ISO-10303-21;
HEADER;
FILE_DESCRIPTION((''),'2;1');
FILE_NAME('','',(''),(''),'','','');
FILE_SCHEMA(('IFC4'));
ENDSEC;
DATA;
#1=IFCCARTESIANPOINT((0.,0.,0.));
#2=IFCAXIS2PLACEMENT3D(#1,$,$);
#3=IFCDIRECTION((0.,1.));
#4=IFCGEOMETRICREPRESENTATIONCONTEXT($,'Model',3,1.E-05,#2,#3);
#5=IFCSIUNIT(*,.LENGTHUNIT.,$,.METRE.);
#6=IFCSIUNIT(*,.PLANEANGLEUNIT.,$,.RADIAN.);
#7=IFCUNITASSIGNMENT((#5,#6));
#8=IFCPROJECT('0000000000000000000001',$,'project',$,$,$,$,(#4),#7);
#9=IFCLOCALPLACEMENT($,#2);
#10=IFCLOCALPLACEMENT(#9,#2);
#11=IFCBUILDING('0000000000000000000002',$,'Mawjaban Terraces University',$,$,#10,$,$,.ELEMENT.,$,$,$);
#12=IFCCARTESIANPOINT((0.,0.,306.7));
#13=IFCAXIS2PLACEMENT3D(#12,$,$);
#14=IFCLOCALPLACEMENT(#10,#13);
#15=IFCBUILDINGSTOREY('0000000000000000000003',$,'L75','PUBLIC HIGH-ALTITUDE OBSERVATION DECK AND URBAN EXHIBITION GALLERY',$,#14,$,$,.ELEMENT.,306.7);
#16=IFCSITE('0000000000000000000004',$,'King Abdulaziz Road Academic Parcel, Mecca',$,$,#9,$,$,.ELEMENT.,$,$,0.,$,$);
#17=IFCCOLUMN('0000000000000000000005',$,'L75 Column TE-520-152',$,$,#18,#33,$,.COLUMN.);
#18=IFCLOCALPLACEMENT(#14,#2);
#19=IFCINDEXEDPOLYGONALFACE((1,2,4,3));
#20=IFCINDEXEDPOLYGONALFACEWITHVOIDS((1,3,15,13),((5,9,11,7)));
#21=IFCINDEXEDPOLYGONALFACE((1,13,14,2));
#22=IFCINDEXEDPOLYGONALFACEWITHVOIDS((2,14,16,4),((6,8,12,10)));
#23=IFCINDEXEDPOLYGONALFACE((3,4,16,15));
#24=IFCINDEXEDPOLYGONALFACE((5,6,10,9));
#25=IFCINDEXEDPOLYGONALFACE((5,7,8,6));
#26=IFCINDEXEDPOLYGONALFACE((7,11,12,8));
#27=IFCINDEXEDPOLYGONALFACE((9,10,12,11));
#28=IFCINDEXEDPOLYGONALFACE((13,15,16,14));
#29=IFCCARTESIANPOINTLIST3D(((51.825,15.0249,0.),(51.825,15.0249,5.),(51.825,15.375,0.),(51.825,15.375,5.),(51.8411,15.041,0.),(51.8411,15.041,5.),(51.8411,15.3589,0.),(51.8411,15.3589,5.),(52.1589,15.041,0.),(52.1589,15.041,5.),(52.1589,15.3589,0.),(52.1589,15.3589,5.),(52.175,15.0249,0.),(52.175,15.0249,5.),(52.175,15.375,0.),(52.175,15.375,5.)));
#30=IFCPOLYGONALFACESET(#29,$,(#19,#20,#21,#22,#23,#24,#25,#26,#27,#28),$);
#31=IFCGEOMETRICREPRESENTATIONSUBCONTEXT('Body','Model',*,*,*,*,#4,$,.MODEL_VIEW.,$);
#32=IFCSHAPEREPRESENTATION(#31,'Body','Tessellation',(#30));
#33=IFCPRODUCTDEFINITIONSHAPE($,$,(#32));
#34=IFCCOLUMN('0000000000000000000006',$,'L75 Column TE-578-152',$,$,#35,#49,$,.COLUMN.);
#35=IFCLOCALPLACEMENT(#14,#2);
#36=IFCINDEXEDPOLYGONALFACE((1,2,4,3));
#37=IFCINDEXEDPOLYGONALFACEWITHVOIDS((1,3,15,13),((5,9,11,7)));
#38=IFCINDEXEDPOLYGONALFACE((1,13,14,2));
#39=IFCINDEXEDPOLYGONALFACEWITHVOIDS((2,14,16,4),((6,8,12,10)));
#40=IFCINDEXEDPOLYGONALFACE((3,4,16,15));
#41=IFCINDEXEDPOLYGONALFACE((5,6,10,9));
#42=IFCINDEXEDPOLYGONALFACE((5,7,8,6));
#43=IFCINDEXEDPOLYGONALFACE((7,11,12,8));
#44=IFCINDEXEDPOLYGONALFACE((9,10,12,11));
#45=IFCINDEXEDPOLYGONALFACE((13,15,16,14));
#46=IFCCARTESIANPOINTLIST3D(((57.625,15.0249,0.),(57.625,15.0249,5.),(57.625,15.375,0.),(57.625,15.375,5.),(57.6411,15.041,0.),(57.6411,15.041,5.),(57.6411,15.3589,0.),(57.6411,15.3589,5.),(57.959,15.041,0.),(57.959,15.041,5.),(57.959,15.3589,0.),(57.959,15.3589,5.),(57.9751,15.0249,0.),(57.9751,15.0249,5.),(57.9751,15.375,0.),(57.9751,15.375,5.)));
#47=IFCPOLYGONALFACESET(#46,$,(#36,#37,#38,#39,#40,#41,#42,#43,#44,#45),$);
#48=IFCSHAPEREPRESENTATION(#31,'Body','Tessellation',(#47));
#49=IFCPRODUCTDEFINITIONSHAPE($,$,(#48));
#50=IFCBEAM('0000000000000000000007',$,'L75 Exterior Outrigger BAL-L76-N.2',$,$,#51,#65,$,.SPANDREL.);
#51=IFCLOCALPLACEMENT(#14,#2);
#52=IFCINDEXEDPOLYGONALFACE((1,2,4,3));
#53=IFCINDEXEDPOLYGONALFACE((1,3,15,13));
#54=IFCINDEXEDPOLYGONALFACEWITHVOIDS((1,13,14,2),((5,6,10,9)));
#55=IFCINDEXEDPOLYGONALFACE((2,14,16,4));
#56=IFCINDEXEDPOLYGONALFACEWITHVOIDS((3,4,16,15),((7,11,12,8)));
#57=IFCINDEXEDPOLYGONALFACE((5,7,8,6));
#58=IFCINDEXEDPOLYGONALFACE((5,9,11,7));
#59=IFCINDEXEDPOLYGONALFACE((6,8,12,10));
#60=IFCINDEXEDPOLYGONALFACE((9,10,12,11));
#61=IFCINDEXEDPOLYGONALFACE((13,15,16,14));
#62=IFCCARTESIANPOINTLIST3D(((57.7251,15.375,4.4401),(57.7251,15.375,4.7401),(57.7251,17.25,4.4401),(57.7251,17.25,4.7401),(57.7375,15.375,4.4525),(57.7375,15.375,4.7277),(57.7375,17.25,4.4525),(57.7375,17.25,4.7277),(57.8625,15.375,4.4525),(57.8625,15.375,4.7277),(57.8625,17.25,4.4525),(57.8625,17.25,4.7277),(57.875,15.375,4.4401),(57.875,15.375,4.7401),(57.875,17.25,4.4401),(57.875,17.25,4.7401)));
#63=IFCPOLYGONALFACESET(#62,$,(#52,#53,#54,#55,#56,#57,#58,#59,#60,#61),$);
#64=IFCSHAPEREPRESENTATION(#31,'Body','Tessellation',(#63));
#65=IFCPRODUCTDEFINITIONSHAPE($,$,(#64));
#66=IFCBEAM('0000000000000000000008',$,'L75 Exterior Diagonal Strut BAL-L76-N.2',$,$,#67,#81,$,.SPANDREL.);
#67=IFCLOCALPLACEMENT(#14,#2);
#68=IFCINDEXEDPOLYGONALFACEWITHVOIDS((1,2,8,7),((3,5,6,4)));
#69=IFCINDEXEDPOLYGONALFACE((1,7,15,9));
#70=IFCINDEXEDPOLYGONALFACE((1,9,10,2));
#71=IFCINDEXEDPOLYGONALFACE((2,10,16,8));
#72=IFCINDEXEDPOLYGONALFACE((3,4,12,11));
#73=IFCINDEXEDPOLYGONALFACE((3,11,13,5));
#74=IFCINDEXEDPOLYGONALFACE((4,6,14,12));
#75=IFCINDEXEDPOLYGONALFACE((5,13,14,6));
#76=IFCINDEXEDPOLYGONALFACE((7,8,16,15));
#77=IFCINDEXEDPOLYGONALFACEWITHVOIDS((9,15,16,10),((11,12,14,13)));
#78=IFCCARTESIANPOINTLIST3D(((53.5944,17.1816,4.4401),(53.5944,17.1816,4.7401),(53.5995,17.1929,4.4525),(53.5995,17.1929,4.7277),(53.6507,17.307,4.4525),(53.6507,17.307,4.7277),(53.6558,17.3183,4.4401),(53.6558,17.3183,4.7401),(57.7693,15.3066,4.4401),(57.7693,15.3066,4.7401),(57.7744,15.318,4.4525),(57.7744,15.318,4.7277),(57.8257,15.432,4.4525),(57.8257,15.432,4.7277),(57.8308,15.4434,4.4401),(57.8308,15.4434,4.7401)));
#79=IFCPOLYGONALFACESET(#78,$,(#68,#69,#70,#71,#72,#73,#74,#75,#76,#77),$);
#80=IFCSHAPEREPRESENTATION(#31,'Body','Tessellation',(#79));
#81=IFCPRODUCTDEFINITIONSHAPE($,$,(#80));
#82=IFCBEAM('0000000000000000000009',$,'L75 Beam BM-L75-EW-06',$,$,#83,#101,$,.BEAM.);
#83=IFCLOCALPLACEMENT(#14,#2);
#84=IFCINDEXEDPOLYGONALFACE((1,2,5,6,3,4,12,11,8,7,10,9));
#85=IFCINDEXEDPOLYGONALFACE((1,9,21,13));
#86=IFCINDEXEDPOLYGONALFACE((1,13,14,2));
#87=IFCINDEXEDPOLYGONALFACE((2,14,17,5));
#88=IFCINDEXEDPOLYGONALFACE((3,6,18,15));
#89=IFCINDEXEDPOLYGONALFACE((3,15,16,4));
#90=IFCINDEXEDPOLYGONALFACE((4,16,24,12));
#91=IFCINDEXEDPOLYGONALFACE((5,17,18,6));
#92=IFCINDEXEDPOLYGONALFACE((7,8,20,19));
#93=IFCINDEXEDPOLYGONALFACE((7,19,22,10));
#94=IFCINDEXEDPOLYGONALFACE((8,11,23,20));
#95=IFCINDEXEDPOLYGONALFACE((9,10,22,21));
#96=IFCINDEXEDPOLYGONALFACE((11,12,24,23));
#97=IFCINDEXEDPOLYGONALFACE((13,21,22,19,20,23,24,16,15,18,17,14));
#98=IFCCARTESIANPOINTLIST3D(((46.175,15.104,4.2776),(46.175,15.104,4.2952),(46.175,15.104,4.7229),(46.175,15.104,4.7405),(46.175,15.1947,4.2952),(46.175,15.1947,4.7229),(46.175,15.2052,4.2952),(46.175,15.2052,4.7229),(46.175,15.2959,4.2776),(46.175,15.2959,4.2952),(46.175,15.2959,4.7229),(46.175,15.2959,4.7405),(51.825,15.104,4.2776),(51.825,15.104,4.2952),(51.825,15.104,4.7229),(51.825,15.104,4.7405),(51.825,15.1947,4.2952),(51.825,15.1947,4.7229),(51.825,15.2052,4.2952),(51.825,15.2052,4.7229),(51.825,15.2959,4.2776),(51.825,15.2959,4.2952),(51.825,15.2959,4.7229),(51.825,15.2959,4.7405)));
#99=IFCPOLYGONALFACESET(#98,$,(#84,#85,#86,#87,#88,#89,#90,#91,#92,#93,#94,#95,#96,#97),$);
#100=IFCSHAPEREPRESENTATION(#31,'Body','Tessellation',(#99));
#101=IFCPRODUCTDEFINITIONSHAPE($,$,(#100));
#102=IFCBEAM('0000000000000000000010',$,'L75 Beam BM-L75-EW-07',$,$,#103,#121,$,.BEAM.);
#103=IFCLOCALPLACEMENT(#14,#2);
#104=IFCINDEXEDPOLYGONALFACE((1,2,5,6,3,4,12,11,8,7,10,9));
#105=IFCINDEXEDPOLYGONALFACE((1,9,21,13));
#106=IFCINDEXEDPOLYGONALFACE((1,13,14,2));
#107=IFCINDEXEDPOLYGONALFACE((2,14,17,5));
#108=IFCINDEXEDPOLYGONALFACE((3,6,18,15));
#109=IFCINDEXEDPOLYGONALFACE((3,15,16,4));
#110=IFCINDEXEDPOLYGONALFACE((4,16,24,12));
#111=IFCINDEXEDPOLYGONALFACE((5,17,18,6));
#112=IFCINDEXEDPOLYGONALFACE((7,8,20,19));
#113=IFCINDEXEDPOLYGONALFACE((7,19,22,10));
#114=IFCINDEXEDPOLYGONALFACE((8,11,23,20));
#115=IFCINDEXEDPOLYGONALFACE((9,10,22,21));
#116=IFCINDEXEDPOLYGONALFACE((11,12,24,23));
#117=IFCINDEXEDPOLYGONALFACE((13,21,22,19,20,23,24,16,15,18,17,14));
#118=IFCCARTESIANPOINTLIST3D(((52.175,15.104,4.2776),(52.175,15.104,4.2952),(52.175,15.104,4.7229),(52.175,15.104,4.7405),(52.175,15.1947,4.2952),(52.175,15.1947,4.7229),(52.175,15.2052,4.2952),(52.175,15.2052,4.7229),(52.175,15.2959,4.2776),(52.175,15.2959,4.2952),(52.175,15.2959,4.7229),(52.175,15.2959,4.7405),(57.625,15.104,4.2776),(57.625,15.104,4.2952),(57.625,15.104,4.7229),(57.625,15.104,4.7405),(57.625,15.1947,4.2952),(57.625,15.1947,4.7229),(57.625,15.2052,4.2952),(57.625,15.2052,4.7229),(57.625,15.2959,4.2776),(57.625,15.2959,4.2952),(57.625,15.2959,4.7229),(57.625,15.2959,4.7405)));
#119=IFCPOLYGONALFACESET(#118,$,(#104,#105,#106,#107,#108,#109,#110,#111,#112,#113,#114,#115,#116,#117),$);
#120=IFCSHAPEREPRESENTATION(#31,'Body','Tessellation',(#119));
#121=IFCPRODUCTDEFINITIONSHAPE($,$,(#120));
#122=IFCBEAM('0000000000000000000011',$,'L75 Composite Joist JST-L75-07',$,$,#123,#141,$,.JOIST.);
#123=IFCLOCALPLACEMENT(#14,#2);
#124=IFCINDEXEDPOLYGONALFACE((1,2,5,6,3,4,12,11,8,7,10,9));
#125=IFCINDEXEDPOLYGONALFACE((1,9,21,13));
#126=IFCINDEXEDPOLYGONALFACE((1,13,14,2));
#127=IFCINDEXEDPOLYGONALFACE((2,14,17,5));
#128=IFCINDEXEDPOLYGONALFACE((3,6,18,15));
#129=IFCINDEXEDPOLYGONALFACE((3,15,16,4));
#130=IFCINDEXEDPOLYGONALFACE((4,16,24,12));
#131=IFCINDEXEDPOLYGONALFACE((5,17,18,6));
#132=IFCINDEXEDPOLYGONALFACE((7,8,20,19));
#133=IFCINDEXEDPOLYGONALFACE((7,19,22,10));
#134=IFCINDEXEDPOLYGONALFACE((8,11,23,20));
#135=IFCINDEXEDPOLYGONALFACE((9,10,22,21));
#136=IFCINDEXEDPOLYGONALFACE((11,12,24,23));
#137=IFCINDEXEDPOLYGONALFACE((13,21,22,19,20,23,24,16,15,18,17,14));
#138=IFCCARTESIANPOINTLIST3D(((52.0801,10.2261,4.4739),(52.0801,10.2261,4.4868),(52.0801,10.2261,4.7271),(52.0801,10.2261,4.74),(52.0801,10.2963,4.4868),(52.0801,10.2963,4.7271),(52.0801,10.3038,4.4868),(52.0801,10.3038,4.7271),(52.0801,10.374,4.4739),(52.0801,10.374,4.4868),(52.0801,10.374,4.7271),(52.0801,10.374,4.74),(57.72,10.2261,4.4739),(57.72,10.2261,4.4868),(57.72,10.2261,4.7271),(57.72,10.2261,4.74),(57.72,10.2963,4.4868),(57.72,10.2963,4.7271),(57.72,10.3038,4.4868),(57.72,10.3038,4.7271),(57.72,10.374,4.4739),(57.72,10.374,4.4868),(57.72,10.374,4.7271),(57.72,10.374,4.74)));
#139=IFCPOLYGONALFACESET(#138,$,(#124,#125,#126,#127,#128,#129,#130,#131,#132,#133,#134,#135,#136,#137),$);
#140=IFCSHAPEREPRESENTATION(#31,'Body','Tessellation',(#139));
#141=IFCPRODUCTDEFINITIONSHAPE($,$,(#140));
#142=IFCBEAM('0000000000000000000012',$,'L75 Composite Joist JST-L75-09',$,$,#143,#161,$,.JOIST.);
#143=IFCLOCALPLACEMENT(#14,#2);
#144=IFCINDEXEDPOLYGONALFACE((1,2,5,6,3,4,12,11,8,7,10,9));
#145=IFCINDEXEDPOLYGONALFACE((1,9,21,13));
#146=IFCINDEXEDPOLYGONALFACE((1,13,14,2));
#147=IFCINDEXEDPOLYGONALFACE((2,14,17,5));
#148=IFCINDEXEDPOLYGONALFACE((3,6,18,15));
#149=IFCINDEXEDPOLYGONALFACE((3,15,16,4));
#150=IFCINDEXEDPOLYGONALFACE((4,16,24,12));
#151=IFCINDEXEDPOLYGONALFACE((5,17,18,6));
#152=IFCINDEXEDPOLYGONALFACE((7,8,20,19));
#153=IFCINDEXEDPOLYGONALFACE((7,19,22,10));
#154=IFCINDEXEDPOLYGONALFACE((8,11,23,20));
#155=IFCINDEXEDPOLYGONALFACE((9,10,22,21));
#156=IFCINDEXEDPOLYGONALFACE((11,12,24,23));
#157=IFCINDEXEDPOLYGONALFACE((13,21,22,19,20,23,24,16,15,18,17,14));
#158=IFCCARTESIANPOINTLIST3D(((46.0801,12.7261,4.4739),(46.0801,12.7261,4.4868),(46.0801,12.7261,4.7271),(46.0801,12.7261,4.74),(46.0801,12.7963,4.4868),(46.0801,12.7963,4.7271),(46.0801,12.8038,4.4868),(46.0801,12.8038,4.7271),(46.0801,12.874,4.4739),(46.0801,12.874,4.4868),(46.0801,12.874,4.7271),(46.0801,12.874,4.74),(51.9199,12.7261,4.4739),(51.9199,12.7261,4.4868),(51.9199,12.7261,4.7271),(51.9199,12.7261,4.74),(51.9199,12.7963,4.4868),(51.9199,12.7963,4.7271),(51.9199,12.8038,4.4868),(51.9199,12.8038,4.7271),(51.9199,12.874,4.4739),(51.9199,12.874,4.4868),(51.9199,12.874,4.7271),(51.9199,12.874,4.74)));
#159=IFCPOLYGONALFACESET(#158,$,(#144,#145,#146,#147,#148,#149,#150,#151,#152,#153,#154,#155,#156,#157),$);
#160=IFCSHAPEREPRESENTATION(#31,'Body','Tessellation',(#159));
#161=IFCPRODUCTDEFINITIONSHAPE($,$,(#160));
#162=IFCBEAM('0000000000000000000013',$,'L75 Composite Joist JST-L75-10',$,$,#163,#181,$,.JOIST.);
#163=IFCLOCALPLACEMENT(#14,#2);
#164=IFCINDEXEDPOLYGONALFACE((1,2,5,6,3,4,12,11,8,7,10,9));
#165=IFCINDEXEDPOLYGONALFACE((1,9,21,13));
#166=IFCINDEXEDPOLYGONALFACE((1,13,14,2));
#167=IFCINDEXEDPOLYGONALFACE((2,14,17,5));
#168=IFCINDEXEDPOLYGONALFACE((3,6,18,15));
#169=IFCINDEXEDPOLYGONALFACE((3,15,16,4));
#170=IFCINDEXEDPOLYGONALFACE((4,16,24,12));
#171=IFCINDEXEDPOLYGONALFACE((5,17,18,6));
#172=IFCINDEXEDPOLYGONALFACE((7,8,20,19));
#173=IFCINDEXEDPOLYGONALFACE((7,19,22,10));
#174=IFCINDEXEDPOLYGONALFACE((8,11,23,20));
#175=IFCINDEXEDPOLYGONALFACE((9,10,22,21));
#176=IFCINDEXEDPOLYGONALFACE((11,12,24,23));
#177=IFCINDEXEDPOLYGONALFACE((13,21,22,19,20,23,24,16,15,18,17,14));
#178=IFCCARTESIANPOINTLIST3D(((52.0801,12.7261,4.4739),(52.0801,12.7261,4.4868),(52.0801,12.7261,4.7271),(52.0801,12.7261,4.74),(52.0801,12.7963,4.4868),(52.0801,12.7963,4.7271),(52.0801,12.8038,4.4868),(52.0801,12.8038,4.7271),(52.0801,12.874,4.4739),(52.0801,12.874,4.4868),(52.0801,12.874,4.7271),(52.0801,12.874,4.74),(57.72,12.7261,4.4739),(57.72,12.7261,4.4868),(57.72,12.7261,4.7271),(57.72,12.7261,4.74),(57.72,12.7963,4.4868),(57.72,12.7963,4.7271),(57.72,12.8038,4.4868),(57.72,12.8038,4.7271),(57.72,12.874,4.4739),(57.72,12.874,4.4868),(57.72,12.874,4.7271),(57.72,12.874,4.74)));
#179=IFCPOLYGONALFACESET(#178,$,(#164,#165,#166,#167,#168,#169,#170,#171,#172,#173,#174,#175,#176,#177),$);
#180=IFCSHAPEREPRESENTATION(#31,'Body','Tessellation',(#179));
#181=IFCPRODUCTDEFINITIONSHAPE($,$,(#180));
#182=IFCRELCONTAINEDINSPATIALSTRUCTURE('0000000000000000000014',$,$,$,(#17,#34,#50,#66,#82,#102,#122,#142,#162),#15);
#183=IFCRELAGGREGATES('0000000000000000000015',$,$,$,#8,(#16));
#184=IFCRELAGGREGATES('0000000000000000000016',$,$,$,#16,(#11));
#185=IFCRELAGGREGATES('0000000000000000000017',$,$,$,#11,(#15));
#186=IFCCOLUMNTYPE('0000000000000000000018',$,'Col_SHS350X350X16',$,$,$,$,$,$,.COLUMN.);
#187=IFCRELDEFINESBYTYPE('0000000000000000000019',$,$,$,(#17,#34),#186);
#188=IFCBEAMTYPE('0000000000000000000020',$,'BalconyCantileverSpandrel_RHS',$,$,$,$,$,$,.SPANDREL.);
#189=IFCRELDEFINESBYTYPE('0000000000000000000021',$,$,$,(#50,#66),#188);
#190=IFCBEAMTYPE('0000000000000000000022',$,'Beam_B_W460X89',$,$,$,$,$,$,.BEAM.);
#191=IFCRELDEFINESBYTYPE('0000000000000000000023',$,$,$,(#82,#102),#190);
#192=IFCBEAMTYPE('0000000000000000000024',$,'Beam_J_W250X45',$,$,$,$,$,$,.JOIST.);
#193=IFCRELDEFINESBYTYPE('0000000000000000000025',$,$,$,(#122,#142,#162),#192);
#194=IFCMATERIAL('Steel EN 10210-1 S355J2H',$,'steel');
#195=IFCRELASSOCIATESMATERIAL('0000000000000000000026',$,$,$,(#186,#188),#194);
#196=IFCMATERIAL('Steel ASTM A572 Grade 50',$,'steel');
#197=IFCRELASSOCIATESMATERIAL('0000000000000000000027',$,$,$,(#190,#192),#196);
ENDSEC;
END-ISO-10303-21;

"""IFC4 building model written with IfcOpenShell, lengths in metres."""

from ifc_helpers import new_model, si_unit, direction, frame, origin, origin_2d, place, context, subcontext, project, spatial, hollow_rectangle, i_section, extrude, material, material_profile, profile_set, type_object, element, save


model = new_model("IFC4")

# Units and contexts
model_context = context("Model", 3, precision=1e-05, world=origin(), true_north=direction((0.0, 1.0)))
body_context = subcontext(model_context, "Body", "Model", "MODEL_VIEW")
ifc_project = project(units=[si_unit("LENGTHUNIT", "METRE"), si_unit("PLANEANGLEUNIT", "RADIAN")], contexts=[model_context])

# Site, building, storey
site_placement = place(None, origin())
site = spatial("IfcSite", under=ifc_project, at=site_placement, Name="King Abdulaziz Road Academic Parcel, Mecca", CompositionType="ELEMENT", RefElevation=0.0)
building_placement = place(site_placement, origin())
building = spatial("IfcBuilding", under=site, at=building_placement, Name="Mawjaban Terraces University", CompositionType="ELEMENT")
storey_placement = place(building_placement, frame((0.0, 0.0, 306.7)))
storey = spatial("IfcBuildingStorey", under=building, at=storey_placement, Name="L75", Description="PUBLIC HIGH-ALTITUDE OBSERVATION DECK AND URBAN EXHIBITION GALLERY", CompositionType="ELEMENT", Elevation=306.7)

# Columns
ifc_material_1 = material(Name="Steel EN 10210-1 S355J2H", Category="steel")
ifc_material_profile_1 = material_profile(ifc_material_1, hollow_rectangle(XDim=0.3501, YDim=0.3501, WallThickness=0.0161, at=origin_2d()), Name="SHS350X350X16")
ifc_profile_set_1 = profile_set([ifc_material_profile_1], Name="Steel EN 10210-1 S355J2H")
column_type = type_object("IfcColumnType", Name="Col_SHS350X350X16", PredefinedType="COLUMN", material=ifc_profile_set_1)
for number, where, z_axis, x_axis, name in (
    (1, (52.0, 15.2, 0.0), (0.0, 0.0, 1.0), (1.0, 0.0, 0.0), "L75 Column TE-520-152"),
    (2, (57.8, 15.2, 0.0), (0.0, 0.0, 1.0), (1.0, 0.0, 0.0), "L75 Column TE-578-152"),
):
    element("IfcColumn", number, at=place(storey_placement, frame(where, z_axis=z_axis, x_axis=x_axis)), inside=storey, type_object=column_type, Name=name, PredefinedType="COLUMN", context=body_context, shape_type="SweptSolid", body=[
        extrude(hollow_rectangle(XDim=0.3501, YDim=0.3501, WallThickness=0.0161, at=origin_2d()), origin(), (0.0, 0.0, 1.0), 5.0),
    ])

# Beams
ifc_material_profile_2 = material_profile(ifc_material_1, hollow_rectangle(XDim=0.1499, YDim=0.3, WallThickness=0.0125, at=origin_2d()), Name="RHS300X150X12.5")
ifc_profile_set_2 = profile_set([ifc_material_profile_2], Name="Steel EN 10210-1 S355J2H")
beam_type_1 = type_object("IfcBeamType", Name="BalconyCantileverSpandrel_RHS", PredefinedType="SPANDREL", material=ifc_profile_set_2)
beam_1_placement = place(storey_placement, frame((57.8, 15.375, 4.5901), z_axis=(0.0, 1.0, 0.0), x_axis=(-1.0, 0.0, 0.0)))
element("IfcBeam", 3, at=beam_1_placement, inside=storey, type_object=beam_type_1, Name="L75 Exterior Outrigger BAL-L76-N.2", PredefinedType="SPANDREL", context=body_context, shape_type="SweptSolid", body=[
    extrude(hollow_rectangle(XDim=0.1499, YDim=0.3, WallThickness=0.0125, at=origin_2d()), origin(), (0.0, 0.0, 1.0), 1.875),
])
beam_2_placement = place(storey_placement, frame((57.8, 15.375, 4.5901), z_axis=(-0.91223, 0.409679, 0.0), x_axis=(-0.409679, -0.91223, 0.0)))
element("IfcBeam", 4, at=beam_2_placement, inside=storey, type_object=beam_type_1, Name="L75 Exterior Diagonal Strut BAL-L76-N.2", PredefinedType="SPANDREL", context=body_context, shape_type="SweptSolid", body=[
    extrude(hollow_rectangle(XDim=0.1499, YDim=0.3, WallThickness=0.0125, at=origin_2d()), origin(), (0.0, 0.0, 1.0), 4.5767),
])
ifc_material_2 = material(Name="Steel ASTM A572 Grade 50", Category="steel")
ifc_material_profile_3 = material_profile(ifc_material_2, i_section(OverallWidth=0.1919, OverallDepth=0.4629, WebThickness=0.0105, FlangeThickness=0.0176, at=origin_2d()), Name="W460X89")
ifc_profile_set_3 = profile_set([ifc_material_profile_3], Name="Steel ASTM A572 Grade 50")
beam_type_2 = type_object("IfcBeamType", Name="Beam_B_W460X89", PredefinedType="BEAM", material=ifc_profile_set_3)
beam_3_placement = place(storey_placement, frame((46.175, 15.2, 4.509), z_axis=(1.0, 0.0, 0.0), x_axis=(0.0, 1.0, 0.0)))
element("IfcBeam", 5, at=beam_3_placement, inside=storey, type_object=beam_type_2, Name="L75 Beam BM-L75-EW-06", PredefinedType="BEAM", context=body_context, shape_type="SweptSolid", body=[
    extrude(i_section(OverallWidth=0.1919, OverallDepth=0.4629, WebThickness=0.0105, FlangeThickness=0.0176, at=origin_2d()), origin(), (0.0, 0.0, 1.0), 5.6499),
])
beam_4_placement = place(storey_placement, frame((52.175, 15.2, 4.509), z_axis=(1.0, 0.0, 0.0), x_axis=(0.0, 1.0, 0.0)))
element("IfcBeam", 6, at=beam_4_placement, inside=storey, type_object=beam_type_2, Name="L75 Beam BM-L75-EW-07", PredefinedType="BEAM", context=body_context, shape_type="SweptSolid", body=[
    extrude(i_section(OverallWidth=0.1919, OverallDepth=0.4629, WebThickness=0.0105, FlangeThickness=0.0176, at=origin_2d()), origin(), (0.0, 0.0, 1.0), 5.45),
])
ifc_material_profile_4 = material_profile(ifc_material_2, i_section(OverallWidth=0.1479, OverallDepth=0.2661, WebThickness=0.0076, FlangeThickness=0.0129, at=origin_2d()), Name="W250X45")
ifc_profile_set_4 = profile_set([ifc_material_profile_4], Name="Steel ASTM A572 Grade 50")
beam_type_3 = type_object("IfcBeamType", Name="Beam_J_W250X45", PredefinedType="JOIST", material=ifc_profile_set_4)
beam_5_placement = place(storey_placement, frame((52.0801, 10.3, 4.6069), z_axis=(1.0, 0.0, 0.0), x_axis=(0.0, 1.0, 0.0)))
element("IfcBeam", 7, at=beam_5_placement, inside=storey, type_object=beam_type_3, Name="L75 Composite Joist JST-L75-07", PredefinedType="JOIST", context=body_context, shape_type="SweptSolid", body=[
    extrude(i_section(OverallWidth=0.1479, OverallDepth=0.2661, WebThickness=0.0076, FlangeThickness=0.0129, at=origin_2d()), origin(), (0.0, 0.0, 1.0), 5.6399),
])
beam_6_placement = place(storey_placement, frame((46.0801, 12.8, 4.6069), z_axis=(1.0, 0.0, 0.0), x_axis=(0.0, 1.0, 0.0)))
element("IfcBeam", 8, at=beam_6_placement, inside=storey, type_object=beam_type_3, Name="L75 Composite Joist JST-L75-09", PredefinedType="JOIST", context=body_context, shape_type="SweptSolid", body=[
    extrude(i_section(OverallWidth=0.1479, OverallDepth=0.2661, WebThickness=0.0076, FlangeThickness=0.0129, at=origin_2d()), origin(), (0.0, 0.0, 1.0), 5.8398),
])
beam_7_placement = place(storey_placement, frame((52.0801, 12.8, 4.6069), z_axis=(1.0, 0.0, 0.0), x_axis=(0.0, 1.0, 0.0)))
element("IfcBeam", 9, at=beam_7_placement, inside=storey, type_object=beam_type_3, Name="L75 Composite Joist JST-L75-10", PredefinedType="JOIST", context=body_context, shape_type="SweptSolid", body=[
    extrude(i_section(OverallWidth=0.1479, OverallDepth=0.2661, WebThickness=0.0076, FlangeThickness=0.0129, at=origin_2d()), origin(), (0.0, 0.0, 1.0), 5.6399),
])

save(model, "model.ifc")
